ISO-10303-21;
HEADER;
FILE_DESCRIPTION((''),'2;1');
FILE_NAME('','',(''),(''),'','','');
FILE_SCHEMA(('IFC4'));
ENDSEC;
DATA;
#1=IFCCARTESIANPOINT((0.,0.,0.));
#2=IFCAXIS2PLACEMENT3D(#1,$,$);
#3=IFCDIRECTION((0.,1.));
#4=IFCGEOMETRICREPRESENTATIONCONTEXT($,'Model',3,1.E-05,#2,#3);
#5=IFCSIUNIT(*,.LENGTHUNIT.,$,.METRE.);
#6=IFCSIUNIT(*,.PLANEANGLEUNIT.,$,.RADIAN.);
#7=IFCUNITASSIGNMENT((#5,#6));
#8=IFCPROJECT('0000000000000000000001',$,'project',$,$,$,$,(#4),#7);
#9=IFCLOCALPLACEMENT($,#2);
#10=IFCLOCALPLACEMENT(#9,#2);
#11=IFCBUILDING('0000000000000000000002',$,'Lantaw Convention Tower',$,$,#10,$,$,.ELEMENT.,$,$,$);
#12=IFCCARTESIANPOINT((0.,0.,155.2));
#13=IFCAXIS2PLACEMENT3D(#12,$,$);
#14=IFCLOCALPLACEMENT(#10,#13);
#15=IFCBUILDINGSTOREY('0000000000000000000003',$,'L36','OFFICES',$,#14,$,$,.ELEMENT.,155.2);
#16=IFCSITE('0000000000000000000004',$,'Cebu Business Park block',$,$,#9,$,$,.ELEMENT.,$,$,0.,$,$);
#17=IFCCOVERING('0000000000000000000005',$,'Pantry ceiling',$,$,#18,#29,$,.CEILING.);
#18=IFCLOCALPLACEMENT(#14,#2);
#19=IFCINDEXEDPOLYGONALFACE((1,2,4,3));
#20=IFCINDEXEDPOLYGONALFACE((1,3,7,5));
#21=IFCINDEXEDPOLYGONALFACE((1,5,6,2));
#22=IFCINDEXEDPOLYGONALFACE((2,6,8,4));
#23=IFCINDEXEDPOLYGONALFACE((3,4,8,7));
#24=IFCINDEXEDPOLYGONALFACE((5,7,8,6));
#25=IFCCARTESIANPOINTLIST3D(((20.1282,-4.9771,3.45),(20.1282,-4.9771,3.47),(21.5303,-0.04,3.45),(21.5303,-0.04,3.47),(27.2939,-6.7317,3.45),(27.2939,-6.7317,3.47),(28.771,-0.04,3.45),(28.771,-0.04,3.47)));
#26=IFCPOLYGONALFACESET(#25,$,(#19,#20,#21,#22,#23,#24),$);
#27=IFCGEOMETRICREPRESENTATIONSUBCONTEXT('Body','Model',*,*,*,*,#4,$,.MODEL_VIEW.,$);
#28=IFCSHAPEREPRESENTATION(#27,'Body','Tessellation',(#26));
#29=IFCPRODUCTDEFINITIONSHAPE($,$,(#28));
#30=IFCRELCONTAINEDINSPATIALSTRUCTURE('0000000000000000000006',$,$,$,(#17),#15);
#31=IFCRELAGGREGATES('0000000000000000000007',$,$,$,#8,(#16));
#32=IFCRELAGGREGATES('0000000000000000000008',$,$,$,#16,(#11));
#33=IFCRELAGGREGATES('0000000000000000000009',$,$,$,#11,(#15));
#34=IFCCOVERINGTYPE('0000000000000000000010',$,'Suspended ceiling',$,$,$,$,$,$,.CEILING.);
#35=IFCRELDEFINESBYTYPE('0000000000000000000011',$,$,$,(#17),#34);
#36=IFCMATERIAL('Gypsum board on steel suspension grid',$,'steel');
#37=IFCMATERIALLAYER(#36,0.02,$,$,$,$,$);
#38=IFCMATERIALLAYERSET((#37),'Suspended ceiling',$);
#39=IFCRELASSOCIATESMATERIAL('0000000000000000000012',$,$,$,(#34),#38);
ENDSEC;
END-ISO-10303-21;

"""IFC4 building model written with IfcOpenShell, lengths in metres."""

from ifc_helpers import new_model, si_unit, direction, frame, origin, place, context, subcontext, project, spatial, polyline, outline, extrude, material, layer, layer_set, type_object, element, save


model = new_model("IFC4")

# Units and contexts
model_context = context("Model", 3, precision=1e-05, world=origin(), true_north=direction((0.0, 1.0)))
body_context = subcontext(model_context, "Body", "Model", "MODEL_VIEW")
ifc_project = project(units=[si_unit("LENGTHUNIT", "METRE"), si_unit("PLANEANGLEUNIT", "RADIAN")], contexts=[model_context])

# Site, building, storey
site_placement = place(None, origin())
site = spatial("IfcSite", under=ifc_project, at=site_placement, Name="Cebu Business Park block", CompositionType="ELEMENT", RefElevation=0.0)
building_placement = place(site_placement, origin())
building = spatial("IfcBuilding", under=site, at=building_placement, Name="Lantaw Convention Tower", CompositionType="ELEMENT")
storey_placement = place(building_placement, frame((0.0, 0.0, 155.2)))
storey = spatial("IfcBuildingStorey", under=building, at=storey_placement, Name="L36", Description="OFFICES", CompositionType="ELEMENT", Elevation=155.2)

# Covering
ifc_material_1 = material(Name="Gypsum board on steel suspension grid", Category="steel")
ifc_layer_1 = layer(ifc_material_1, 0.02)
ifc_layer_set_1 = layer_set([ifc_layer_1], Name="Suspended ceiling")
covering_type = type_object("IfcCoveringType", Name="Suspended ceiling", PredefinedType="CEILING", material=ifc_layer_set_1)
covering_1_placement = place(storey_placement, frame((0.0, 0.0, 3.45)))
element("IfcCovering", 1, at=covering_1_placement, inside=storey, type_object=covering_type, Name="Pantry ceiling", PredefinedType="CEILING", context=body_context, shape_type="SweptSolid", body=[
    extrude(outline(polyline([(20.1282, -4.9771), (27.2939, -6.7317), (28.771, -0.04), (21.5303, -0.04), (20.1282, -4.9771)])), origin(), (0.0, 0.0, 1.0), 0.02),
])

save(model, "model.ifc")
